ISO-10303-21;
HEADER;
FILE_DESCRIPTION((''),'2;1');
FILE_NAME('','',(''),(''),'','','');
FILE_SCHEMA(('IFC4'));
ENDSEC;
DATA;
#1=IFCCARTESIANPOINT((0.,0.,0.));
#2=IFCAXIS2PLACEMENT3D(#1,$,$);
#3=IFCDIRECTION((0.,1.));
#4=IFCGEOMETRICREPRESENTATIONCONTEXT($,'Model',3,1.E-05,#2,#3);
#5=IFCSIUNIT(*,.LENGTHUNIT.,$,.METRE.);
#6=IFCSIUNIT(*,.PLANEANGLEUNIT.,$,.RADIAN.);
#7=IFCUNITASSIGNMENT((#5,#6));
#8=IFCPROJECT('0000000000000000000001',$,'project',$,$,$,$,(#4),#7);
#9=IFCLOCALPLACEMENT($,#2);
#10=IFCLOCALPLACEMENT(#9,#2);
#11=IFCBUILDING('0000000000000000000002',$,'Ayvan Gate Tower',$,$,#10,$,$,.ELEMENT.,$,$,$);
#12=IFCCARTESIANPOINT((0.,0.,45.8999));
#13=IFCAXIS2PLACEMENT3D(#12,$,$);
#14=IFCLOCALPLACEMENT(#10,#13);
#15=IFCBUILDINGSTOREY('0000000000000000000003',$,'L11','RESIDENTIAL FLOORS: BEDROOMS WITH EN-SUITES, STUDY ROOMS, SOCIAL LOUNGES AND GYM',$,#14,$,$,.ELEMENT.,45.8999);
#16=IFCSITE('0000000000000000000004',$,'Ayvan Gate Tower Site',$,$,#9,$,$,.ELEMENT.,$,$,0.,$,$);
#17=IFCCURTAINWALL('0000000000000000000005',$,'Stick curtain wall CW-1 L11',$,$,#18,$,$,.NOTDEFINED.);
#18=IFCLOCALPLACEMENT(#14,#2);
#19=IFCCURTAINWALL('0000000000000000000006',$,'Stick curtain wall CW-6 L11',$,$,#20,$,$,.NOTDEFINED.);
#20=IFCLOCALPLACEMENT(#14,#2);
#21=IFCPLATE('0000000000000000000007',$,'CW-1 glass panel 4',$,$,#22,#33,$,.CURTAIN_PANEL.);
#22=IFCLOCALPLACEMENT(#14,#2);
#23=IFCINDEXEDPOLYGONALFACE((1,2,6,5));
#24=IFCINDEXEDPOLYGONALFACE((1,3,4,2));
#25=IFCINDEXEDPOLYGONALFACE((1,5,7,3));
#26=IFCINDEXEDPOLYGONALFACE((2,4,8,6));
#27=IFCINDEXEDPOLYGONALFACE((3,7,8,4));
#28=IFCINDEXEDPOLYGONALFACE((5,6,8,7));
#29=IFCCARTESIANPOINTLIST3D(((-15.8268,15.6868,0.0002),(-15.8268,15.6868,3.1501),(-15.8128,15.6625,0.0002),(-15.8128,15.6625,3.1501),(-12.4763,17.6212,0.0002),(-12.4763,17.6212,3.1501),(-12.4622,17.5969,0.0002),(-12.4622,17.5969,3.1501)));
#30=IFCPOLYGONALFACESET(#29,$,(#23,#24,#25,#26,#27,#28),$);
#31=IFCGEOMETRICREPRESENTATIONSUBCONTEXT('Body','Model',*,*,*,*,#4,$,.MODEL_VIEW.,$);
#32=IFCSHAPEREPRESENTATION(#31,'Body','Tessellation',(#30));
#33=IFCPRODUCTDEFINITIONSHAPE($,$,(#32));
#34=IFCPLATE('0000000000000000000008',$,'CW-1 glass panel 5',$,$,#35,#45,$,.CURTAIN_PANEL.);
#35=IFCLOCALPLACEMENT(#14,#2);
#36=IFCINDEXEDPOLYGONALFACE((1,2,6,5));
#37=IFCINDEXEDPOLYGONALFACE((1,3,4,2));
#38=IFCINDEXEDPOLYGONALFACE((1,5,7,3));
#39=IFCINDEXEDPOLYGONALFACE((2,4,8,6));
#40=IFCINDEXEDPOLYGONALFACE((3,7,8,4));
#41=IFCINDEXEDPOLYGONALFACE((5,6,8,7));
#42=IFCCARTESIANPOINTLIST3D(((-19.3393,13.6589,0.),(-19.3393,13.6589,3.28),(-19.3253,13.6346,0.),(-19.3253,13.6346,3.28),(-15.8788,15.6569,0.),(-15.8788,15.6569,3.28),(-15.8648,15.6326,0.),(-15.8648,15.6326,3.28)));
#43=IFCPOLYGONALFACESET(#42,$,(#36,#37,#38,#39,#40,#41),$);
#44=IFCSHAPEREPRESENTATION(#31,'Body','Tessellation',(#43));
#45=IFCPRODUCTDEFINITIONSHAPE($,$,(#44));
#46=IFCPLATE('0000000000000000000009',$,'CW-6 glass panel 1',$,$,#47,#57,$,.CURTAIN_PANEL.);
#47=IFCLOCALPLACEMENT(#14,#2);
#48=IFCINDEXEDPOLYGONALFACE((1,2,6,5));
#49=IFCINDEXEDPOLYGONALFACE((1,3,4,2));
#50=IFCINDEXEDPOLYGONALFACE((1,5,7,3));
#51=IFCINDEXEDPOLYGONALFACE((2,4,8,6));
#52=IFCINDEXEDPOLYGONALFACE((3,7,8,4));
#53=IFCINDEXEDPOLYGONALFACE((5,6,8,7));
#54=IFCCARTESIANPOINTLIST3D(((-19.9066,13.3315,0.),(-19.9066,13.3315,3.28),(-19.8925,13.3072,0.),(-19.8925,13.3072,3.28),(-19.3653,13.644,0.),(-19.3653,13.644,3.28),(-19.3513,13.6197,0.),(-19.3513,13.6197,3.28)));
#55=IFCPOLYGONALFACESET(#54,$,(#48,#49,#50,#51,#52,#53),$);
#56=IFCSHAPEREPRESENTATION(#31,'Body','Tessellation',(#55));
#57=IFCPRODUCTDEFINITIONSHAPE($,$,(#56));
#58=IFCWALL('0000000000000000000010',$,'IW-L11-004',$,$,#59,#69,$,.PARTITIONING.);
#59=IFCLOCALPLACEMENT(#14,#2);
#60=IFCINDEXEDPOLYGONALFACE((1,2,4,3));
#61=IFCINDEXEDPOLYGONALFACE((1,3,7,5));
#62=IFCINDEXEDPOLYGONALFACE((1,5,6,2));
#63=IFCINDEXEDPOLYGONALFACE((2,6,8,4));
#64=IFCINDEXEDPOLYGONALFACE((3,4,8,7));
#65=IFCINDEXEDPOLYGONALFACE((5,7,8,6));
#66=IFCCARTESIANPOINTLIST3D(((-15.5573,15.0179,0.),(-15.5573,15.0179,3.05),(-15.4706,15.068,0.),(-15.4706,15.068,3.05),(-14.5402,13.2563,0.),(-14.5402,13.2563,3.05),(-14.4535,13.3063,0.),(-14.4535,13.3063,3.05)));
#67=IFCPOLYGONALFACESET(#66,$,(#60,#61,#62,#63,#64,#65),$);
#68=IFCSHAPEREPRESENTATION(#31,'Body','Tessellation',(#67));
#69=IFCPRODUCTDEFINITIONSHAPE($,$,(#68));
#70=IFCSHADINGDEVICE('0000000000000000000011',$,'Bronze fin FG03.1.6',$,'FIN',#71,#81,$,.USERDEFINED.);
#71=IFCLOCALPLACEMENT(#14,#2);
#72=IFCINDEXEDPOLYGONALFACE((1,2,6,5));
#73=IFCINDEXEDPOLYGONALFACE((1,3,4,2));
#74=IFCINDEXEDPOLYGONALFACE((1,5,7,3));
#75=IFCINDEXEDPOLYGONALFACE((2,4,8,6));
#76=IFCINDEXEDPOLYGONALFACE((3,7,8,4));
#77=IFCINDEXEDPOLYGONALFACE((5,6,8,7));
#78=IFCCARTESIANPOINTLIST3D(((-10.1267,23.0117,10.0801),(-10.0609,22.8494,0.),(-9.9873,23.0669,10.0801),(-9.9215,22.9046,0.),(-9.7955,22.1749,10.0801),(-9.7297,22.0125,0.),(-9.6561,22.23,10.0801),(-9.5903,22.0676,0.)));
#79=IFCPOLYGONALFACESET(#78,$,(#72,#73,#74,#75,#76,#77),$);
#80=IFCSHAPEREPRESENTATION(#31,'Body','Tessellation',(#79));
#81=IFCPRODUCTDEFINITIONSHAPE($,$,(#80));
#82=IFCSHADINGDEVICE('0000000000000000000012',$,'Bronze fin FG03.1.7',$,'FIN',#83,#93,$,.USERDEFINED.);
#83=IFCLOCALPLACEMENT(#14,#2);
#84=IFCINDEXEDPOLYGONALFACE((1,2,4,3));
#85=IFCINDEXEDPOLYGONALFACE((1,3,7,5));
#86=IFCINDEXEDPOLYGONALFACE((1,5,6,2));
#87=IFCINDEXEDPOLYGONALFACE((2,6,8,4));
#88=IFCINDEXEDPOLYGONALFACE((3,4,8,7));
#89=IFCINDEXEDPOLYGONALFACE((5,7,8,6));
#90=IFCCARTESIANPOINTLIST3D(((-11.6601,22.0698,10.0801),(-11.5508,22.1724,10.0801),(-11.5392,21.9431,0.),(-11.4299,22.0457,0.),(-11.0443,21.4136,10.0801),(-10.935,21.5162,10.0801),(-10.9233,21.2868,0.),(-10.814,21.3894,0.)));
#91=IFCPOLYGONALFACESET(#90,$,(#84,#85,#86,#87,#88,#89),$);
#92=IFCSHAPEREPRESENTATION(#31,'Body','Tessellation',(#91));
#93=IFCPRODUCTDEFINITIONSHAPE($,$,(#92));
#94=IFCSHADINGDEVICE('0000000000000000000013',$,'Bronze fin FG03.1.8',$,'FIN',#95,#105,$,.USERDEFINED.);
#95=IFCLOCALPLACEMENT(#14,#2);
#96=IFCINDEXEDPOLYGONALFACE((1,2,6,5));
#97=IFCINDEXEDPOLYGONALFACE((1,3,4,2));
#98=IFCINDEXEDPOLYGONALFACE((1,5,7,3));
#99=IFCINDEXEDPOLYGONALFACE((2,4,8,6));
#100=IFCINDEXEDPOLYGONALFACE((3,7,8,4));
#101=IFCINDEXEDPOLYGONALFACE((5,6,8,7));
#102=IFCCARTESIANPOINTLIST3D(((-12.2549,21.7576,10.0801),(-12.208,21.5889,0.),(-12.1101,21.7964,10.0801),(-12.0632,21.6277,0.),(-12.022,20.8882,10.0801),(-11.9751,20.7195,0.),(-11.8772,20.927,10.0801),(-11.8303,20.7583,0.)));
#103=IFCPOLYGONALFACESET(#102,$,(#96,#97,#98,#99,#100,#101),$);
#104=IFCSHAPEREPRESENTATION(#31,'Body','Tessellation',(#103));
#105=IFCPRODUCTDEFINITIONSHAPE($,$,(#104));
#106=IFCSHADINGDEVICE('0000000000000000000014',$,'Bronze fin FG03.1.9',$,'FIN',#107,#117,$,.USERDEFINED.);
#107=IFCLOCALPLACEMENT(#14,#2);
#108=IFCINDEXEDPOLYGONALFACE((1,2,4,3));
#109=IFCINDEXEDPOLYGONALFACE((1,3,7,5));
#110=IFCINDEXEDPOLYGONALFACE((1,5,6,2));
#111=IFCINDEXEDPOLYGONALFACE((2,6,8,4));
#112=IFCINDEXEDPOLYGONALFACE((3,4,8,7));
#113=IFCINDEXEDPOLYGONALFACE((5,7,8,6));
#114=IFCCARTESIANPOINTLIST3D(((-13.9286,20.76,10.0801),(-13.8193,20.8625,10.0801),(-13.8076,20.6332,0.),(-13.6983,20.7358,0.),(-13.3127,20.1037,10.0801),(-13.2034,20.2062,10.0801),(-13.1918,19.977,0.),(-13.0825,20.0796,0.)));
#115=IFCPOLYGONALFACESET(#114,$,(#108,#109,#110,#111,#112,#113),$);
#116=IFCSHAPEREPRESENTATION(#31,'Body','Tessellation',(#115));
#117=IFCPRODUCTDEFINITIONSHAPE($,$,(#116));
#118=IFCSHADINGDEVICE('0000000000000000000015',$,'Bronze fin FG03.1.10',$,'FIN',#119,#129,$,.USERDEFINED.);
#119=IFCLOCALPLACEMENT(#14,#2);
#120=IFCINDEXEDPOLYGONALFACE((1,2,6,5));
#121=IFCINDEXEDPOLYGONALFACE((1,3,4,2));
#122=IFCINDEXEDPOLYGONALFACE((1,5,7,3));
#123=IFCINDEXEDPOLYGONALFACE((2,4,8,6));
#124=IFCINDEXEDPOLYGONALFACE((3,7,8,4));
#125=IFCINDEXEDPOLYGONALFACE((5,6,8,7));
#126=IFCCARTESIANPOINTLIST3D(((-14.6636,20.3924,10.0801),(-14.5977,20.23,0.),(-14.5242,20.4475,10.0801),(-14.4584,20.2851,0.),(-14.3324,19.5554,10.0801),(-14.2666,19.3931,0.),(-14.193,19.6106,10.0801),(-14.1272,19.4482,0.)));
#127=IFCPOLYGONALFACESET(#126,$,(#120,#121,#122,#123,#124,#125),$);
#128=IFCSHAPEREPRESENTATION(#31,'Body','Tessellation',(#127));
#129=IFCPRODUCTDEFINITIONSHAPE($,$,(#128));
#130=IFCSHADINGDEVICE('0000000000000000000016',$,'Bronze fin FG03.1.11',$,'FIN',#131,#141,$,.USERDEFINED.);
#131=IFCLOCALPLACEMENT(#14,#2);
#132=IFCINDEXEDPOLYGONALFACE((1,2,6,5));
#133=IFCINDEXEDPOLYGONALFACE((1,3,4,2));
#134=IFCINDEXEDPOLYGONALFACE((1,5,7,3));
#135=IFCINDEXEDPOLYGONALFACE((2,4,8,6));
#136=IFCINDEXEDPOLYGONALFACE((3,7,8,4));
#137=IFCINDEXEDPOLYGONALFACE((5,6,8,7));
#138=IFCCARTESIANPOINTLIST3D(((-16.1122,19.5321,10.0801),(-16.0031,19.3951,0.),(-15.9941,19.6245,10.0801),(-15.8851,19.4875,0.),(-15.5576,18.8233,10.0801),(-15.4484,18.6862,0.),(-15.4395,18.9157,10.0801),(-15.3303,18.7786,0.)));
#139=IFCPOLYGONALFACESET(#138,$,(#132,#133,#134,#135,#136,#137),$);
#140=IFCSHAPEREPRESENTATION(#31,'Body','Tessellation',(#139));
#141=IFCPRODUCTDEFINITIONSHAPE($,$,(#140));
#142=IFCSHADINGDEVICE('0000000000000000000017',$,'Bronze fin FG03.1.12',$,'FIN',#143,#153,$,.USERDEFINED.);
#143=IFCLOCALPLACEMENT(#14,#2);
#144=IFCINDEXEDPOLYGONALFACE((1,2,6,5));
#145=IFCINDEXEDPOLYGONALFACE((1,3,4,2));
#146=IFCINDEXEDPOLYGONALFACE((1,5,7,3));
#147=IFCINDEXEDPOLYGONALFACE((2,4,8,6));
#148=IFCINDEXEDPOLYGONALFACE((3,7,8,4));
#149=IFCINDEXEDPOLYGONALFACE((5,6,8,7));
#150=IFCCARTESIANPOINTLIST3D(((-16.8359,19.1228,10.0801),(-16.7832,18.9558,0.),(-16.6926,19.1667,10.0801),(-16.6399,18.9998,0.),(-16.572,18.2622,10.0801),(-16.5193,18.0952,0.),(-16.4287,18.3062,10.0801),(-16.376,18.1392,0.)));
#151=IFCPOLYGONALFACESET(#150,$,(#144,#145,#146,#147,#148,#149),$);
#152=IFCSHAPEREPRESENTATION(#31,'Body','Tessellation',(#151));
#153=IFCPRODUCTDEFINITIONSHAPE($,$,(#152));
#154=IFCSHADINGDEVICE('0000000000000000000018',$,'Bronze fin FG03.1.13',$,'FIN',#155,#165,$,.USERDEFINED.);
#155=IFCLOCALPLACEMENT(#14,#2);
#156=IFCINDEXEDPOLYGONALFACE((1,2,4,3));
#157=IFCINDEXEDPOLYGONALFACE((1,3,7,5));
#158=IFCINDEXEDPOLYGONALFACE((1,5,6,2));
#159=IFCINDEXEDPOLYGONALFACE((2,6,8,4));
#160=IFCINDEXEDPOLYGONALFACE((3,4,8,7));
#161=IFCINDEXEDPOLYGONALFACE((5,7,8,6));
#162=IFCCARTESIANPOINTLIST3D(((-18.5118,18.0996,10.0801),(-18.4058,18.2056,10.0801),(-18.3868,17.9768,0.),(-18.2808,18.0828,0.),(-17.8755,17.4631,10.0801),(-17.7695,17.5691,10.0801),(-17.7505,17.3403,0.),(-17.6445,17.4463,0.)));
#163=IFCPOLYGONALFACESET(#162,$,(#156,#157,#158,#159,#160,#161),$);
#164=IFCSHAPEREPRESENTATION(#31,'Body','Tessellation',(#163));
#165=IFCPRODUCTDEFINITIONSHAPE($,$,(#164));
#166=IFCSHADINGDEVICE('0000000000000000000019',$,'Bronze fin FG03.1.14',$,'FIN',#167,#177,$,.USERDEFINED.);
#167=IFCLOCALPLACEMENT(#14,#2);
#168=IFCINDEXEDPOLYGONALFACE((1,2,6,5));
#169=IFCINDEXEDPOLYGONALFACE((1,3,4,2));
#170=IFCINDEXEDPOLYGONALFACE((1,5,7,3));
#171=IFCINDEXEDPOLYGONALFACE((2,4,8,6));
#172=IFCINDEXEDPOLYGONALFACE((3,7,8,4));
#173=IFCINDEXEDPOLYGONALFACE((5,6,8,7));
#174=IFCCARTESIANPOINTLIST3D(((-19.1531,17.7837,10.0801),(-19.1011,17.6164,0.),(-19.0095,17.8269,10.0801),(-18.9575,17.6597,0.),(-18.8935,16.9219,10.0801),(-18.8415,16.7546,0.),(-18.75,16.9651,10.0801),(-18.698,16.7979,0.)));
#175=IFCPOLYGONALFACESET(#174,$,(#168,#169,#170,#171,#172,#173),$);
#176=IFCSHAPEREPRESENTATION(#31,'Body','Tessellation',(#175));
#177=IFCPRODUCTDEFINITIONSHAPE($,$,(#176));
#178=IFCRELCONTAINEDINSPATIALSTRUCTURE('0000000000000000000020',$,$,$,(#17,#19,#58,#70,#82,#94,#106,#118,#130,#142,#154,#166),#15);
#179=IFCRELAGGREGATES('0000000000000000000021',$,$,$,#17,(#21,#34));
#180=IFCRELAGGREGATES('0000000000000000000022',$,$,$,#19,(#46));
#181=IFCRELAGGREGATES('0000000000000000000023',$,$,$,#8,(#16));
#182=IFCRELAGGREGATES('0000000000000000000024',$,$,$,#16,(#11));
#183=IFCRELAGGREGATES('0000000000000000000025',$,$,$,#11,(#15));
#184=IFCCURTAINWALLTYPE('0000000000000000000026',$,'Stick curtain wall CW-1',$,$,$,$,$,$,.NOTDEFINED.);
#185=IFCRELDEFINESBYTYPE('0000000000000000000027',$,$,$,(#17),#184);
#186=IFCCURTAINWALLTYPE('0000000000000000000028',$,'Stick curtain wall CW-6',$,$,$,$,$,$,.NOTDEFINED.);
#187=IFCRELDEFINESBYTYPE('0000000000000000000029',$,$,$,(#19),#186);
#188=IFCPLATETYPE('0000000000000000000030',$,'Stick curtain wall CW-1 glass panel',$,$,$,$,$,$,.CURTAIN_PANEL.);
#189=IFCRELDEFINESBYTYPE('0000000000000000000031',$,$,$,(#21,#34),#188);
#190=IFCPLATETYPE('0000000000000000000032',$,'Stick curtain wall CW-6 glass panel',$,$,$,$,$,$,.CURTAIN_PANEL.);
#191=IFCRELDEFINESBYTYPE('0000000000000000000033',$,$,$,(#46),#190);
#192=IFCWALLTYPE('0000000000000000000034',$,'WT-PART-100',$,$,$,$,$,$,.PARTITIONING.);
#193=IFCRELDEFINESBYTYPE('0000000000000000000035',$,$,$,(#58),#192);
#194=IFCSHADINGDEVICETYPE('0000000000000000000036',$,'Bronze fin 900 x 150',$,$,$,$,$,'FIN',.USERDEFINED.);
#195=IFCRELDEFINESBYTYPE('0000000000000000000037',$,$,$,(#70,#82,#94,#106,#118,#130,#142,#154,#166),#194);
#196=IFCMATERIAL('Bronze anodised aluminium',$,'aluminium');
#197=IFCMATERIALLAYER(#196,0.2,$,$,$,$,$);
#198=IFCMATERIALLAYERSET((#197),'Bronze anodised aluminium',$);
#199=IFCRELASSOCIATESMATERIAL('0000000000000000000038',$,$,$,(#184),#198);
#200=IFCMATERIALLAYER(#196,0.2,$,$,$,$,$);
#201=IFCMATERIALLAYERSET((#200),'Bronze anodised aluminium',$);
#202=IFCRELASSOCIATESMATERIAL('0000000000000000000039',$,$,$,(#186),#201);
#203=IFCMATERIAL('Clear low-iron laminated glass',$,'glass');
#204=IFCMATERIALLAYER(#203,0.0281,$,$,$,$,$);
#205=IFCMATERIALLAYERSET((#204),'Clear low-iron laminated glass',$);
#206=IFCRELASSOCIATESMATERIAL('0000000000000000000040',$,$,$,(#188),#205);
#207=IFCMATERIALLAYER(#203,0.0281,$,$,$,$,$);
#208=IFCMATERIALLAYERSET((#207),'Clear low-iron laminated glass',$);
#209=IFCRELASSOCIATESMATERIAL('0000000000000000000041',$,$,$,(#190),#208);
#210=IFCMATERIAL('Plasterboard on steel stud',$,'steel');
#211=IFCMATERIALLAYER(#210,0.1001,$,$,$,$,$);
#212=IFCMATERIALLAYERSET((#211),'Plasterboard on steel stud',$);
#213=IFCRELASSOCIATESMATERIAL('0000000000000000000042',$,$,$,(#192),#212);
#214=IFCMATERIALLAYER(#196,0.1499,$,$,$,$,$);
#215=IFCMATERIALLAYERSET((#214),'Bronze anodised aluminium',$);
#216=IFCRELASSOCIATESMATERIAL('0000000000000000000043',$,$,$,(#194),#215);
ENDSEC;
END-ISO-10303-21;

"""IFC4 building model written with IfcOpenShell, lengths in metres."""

from ifc_helpers import new_model, si_unit, direction, frame, frame_2d, origin, origin_2d, place, context, subcontext, project, spatial, polyline, rectangle, outline, extrude, material, layer, layer_set, type_object, element, aggregate, save


model = new_model("IFC4")

# Units and contexts
model_context = context("Model", 3, precision=1e-05, world=origin(), true_north=direction((0.0, 1.0)))
body_context = subcontext(model_context, "Body", "Model", "MODEL_VIEW")
ifc_project = project(units=[si_unit("LENGTHUNIT", "METRE"), si_unit("PLANEANGLEUNIT", "RADIAN")], contexts=[model_context])

# Site, building, storey
site_placement = place(None, origin())
site = spatial("IfcSite", under=ifc_project, at=site_placement, Name="Ayvan Gate Tower Site", CompositionType="ELEMENT", RefElevation=0.0)
building_placement = place(site_placement, origin())
building = spatial("IfcBuilding", under=site, at=building_placement, Name="Ayvan Gate Tower", CompositionType="ELEMENT")
storey_placement = place(building_placement, frame((0.0, 0.0, 45.8999)))
storey = spatial("IfcBuildingStorey", under=building, at=storey_placement, Name="L11", Description="RESIDENTIAL FLOORS: BEDROOMS WITH EN-SUITES, STUDY ROOMS, SOCIAL LOUNGES AND GYM", CompositionType="ELEMENT", Elevation=45.8999)

# Curtain walls
ifc_material_1 = material(Name="Bronze anodised aluminium", Category="aluminium")
ifc_layer_1 = layer(ifc_material_1, 0.2)
ifc_layer_set_1 = layer_set([ifc_layer_1], Name="Bronze anodised aluminium")
curtain_wall_type_1 = type_object("IfcCurtainWallType", Name="Stick curtain wall CW-1", PredefinedType="NOTDEFINED", material=ifc_layer_set_1)
curtain_wall_1_placement = place(storey_placement, origin())
curtain_wall_1 = element("IfcCurtainWall", 1, at=curtain_wall_1_placement, inside=storey, type_object=curtain_wall_type_1, Name="Stick curtain wall CW-1 L11", PredefinedType="NOTDEFINED")
ifc_layer_2 = layer(ifc_material_1, 0.2)
ifc_layer_set_2 = layer_set([ifc_layer_2], Name="Bronze anodised aluminium")
curtain_wall_type_2 = type_object("IfcCurtainWallType", Name="Stick curtain wall CW-6", PredefinedType="NOTDEFINED", material=ifc_layer_set_2)
curtain_wall_2_placement = place(storey_placement, origin())
curtain_wall_2 = element("IfcCurtainWall", 2, at=curtain_wall_2_placement, inside=storey, type_object=curtain_wall_type_2, Name="Stick curtain wall CW-6 L11", PredefinedType="NOTDEFINED")

# Plates
ifc_material_2 = material(Name="Clear low-iron laminated glass", Category="glass")
ifc_layer_3 = layer(ifc_material_2, 0.0281)
ifc_layer_set_3 = layer_set([ifc_layer_3], Name="Clear low-iron laminated glass")
plate_type_1 = type_object("IfcPlateType", Name="Stick curtain wall CW-1 glass panel", PredefinedType="CURTAIN_PANEL", material=ifc_layer_set_3)
plate_1_placement = place(storey_placement, frame((-14.1445, 16.6418, 0.0002), z_axis=(0.0, 0.0, 1.0), x_axis=(-0.866025, -0.5, 0.0)))
plate_1 = element("IfcPlate", 3, at=plate_1_placement, type_object=plate_type_1, Name="CW-1 glass panel 4", PredefinedType="CURTAIN_PANEL", context=body_context, shape_type="SweptSolid", body=[
    extrude(rectangle(XDim=3.8689, YDim=0.0281, at=origin_2d()), origin(), (0.0, 0.0, 1.0), 3.1499),
])
plate_2_placement = place(storey_placement, frame((-17.6021, 14.6458, 0.0), z_axis=(0.0, 0.0, 1.0), x_axis=(-0.866025, -0.5, 0.0)))
plate_2 = element("IfcPlate", 4, at=plate_2_placement, type_object=plate_type_1, Name="CW-1 glass panel 5", PredefinedType="CURTAIN_PANEL", context=body_context, shape_type="SweptSolid", body=[
    extrude(rectangle(XDim=3.9958, YDim=0.0281, at=origin_2d()), origin(), (0.0, 0.0, 1.0), 3.28),
])
aggregate(curtain_wall_1, [plate_1, plate_2])
ifc_layer_4 = layer(ifc_material_2, 0.0281)
ifc_layer_set_4 = layer_set([ifc_layer_4], Name="Clear low-iron laminated glass")
plate_type_2 = type_object("IfcPlateType", Name="Stick curtain wall CW-6 glass panel", PredefinedType="CURTAIN_PANEL", material=ifc_layer_set_4)
plate_3_placement = place(storey_placement, frame((-19.6289, 13.4756, 0.0), z_axis=(0.0, 0.0, 1.0), x_axis=(-0.866025, -0.5, 0.0)))
plate_3 = element("IfcPlate", 5, at=plate_3_placement, type_object=plate_type_2, Name="CW-6 glass panel 1", PredefinedType="CURTAIN_PANEL", context=body_context, shape_type="SweptSolid", body=[
    extrude(rectangle(XDim=0.625, YDim=0.0281, at=origin_2d()), origin(), (0.0, 0.0, 1.0), 3.28),
])
aggregate(curtain_wall_2, [plate_3])

# Wall
ifc_material_3 = material(Name="Plasterboard on steel stud", Category="steel")
ifc_layer_5 = layer(ifc_material_3, 0.1001)
ifc_layer_set_5 = layer_set([ifc_layer_5], Name="Plasterboard on steel stud")
wall_type = type_object("IfcWallType", Name="WT-PART-100", PredefinedType="PARTITIONING", material=ifc_layer_set_5)
wall_placement = place(storey_placement, frame((-15.5139, 15.043, 0.0), z_axis=(0.0, 0.0, 1.0), x_axis=(0.499986, -0.866034, 0.0)))
element("IfcWall", 6, at=wall_placement, inside=storey, type_object=wall_type, Name="IW-L11-004", PredefinedType="PARTITIONING", context=body_context, shape_type="SweptSolid", body=[
    extrude(rectangle(XDim=2.0342, YDim=0.1001, at=frame_2d((1.0171, 0.0))), origin(), (0.0, 0.0, 1.0), 3.05),
])

# Shading devices
ifc_layer_6 = layer(ifc_material_1, 0.1499)
ifc_layer_set_6 = layer_set([ifc_layer_6], Name="Bronze anodised aluminium")
shading_device_type = type_object("IfcShadingDeviceType", Name="Bronze fin 900 x 150", ElementType="FIN", PredefinedType="USERDEFINED", material=ifc_layer_set_6)
shading_device_1_placement = place(storey_placement, frame((-9.5903, 22.0676, 0.0), z_axis=(0.929845, 0.367951, 0.000143), x_axis=(-0.367951, 0.929845, 0.0)))
element("IfcShadingDevice", 7, at=shading_device_1_placement, inside=storey, type_object=shading_device_type, Name="Bronze fin FG03.1.6", ObjectType="FIN", PredefinedType="USERDEFINED", context=body_context, shape_type="SweptSolid", body=[
    extrude(outline(polyline([(0.0, 0.0), (0.9001, 0.0), (1.0752, 10.0801), (0.1752, 10.0801), (0.0, 0.0)])), origin(), (0.0, 0.0, -1.0), 0.1499),
])
shading_device_2_placement = place(storey_placement, frame((-10.814, 21.3894, 0.0), z_axis=(0.729199, 0.684302, 0.000149), x_axis=(-0.684302, 0.729199, 0.0)))
element("IfcShadingDevice", 8, at=shading_device_2_placement, inside=storey, type_object=shading_device_type, Name="Bronze fin FG03.1.7", ObjectType="FIN", PredefinedType="USERDEFINED", context=body_context, shape_type="SweptSolid", body=[
    extrude(outline(polyline([(0.0, 0.0), (0.9, 0.0), (1.0751, 10.0801), (0.1753, 10.0801), (0.0, 0.0)])), origin(), (0.0, 0.0, -1.0), 0.1499),
])
shading_device_3_placement = place(storey_placement, frame((-11.8303, 20.7583, 0.0), z_axis=(0.965937, 0.258777, 0.000161), x_axis=(-0.258777, 0.965937, 0.0)))
element("IfcShadingDevice", 9, at=shading_device_3_placement, inside=storey, type_object=shading_device_type, Name="Bronze fin FG03.1.8", ObjectType="FIN", PredefinedType="USERDEFINED", context=body_context, shape_type="SweptSolid", body=[
    extrude(outline(polyline([(0.0, 0.0), (0.9, 0.0), (1.0751, 10.0801), (0.1751, 10.0801), (0.0, 0.0)])), origin(), (0.0, 0.0, -1.0), 0.1499),
])
shading_device_4_placement = place(storey_placement, frame((-13.0825, 20.0796, 0.0), z_axis=(0.729199, 0.684302, 0.000149), x_axis=(-0.684302, 0.729199, 0.0)))
element("IfcShadingDevice", 10, at=shading_device_4_placement, inside=storey, type_object=shading_device_type, Name="Bronze fin FG03.1.9", ObjectType="FIN", PredefinedType="USERDEFINED", context=body_context, shape_type="SweptSolid", body=[
    extrude(outline(polyline([(0.0, 0.0), (0.8999, 0.0), (1.0751, 10.0801), (0.1751, 10.0801), (0.0, 0.0)])), origin(), (0.0, 0.0, -1.0), 0.1499),
])
shading_device_5_placement = place(storey_placement, frame((-14.1272, 19.4482, 0.0), z_axis=(0.929845, 0.367951, 0.000143), x_axis=(-0.367951, 0.929845, 0.0)))
element("IfcShadingDevice", 11, at=shading_device_5_placement, inside=storey, type_object=shading_device_type, Name="Bronze fin FG03.1.10", ObjectType="FIN", PredefinedType="USERDEFINED", context=body_context, shape_type="SweptSolid", body=[
    extrude(outline(polyline([(0.0, 0.0), (0.9, 0.0), (1.0752, 10.0801), (0.1751, 10.0801), (0.0, 0.0)])), origin(), (0.0, 0.0, -1.0), 0.1499),
])
shading_device_6_placement = place(storey_placement, frame((-15.3303, 18.7786, 0.0), z_axis=(0.787545, 0.616257, 0.000145), x_axis=(-0.616257, 0.787545, 0.0)))
element("IfcShadingDevice", 12, at=shading_device_6_placement, inside=storey, type_object=shading_device_type, Name="Bronze fin FG03.1.11", ObjectType="FIN", PredefinedType="USERDEFINED", context=body_context, shape_type="SweptSolid", body=[
    extrude(outline(polyline([(0.0, 0.0), (0.9002, 0.0), (1.0753, 10.0801), (0.1753, 10.0801), (0.0, 0.0)])), origin(), (0.0, 0.0, -1.0), 0.1499),
])
shading_device_7_placement = place(storey_placement, frame((-16.376, 18.1392, 0.0), z_axis=(0.956054, 0.29319, 0.000144), x_axis=(-0.29319, 0.956054, 0.0)))
element("IfcShadingDevice", 13, at=shading_device_7_placement, inside=storey, type_object=shading_device_type, Name="Bronze fin FG03.1.12", ObjectType="FIN", PredefinedType="USERDEFINED", context=body_context, shape_type="SweptSolid", body=[
    extrude(outline(polyline([(0.0, 0.0), (0.9002, 0.0), (1.0753, 10.0801), (0.1751, 10.0801), (0.0, 0.0)])), origin(), (0.0, 0.0, -1.0), 0.1499),
])
shading_device_8_placement = place(storey_placement, frame((-17.6445, 17.4463, 0.0), z_axis=(0.707242, 0.706971, 0.000157), x_axis=(-0.706971, 0.707242, 0.0)))
element("IfcShadingDevice", 14, at=shading_device_8_placement, inside=storey, type_object=shading_device_type, Name="Bronze fin FG03.1.13", ObjectType="FIN", PredefinedType="USERDEFINED", context=body_context, shape_type="SweptSolid", body=[
    extrude(outline(polyline([(0.0, 0.0), (0.8999, 0.0), (1.0752, 10.0801), (0.1752, 10.0801), (0.0, 0.0)])), origin(), (0.0, 0.0, -1.0), 0.1499),
])
shading_device_9_placement = place(storey_placement, frame((-18.698, 16.7979, 0.0), z_axis=(0.957527, 0.288343, 0.000156), x_axis=(-0.288343, 0.957527, 0.0)))
element("IfcShadingDevice", 15, at=shading_device_9_placement, inside=storey, type_object=shading_device_type, Name="Bronze fin FG03.1.14", ObjectType="FIN", PredefinedType="USERDEFINED", context=body_context, shape_type="SweptSolid", body=[
    extrude(outline(polyline([(0.0, 0.0), (0.9, 0.0), (1.0752, 10.0801), (0.1751, 10.0801), (0.0, 0.0)])), origin(), (0.0, 0.0, -1.0), 0.1499),
])

save(model, "model.ifc")
